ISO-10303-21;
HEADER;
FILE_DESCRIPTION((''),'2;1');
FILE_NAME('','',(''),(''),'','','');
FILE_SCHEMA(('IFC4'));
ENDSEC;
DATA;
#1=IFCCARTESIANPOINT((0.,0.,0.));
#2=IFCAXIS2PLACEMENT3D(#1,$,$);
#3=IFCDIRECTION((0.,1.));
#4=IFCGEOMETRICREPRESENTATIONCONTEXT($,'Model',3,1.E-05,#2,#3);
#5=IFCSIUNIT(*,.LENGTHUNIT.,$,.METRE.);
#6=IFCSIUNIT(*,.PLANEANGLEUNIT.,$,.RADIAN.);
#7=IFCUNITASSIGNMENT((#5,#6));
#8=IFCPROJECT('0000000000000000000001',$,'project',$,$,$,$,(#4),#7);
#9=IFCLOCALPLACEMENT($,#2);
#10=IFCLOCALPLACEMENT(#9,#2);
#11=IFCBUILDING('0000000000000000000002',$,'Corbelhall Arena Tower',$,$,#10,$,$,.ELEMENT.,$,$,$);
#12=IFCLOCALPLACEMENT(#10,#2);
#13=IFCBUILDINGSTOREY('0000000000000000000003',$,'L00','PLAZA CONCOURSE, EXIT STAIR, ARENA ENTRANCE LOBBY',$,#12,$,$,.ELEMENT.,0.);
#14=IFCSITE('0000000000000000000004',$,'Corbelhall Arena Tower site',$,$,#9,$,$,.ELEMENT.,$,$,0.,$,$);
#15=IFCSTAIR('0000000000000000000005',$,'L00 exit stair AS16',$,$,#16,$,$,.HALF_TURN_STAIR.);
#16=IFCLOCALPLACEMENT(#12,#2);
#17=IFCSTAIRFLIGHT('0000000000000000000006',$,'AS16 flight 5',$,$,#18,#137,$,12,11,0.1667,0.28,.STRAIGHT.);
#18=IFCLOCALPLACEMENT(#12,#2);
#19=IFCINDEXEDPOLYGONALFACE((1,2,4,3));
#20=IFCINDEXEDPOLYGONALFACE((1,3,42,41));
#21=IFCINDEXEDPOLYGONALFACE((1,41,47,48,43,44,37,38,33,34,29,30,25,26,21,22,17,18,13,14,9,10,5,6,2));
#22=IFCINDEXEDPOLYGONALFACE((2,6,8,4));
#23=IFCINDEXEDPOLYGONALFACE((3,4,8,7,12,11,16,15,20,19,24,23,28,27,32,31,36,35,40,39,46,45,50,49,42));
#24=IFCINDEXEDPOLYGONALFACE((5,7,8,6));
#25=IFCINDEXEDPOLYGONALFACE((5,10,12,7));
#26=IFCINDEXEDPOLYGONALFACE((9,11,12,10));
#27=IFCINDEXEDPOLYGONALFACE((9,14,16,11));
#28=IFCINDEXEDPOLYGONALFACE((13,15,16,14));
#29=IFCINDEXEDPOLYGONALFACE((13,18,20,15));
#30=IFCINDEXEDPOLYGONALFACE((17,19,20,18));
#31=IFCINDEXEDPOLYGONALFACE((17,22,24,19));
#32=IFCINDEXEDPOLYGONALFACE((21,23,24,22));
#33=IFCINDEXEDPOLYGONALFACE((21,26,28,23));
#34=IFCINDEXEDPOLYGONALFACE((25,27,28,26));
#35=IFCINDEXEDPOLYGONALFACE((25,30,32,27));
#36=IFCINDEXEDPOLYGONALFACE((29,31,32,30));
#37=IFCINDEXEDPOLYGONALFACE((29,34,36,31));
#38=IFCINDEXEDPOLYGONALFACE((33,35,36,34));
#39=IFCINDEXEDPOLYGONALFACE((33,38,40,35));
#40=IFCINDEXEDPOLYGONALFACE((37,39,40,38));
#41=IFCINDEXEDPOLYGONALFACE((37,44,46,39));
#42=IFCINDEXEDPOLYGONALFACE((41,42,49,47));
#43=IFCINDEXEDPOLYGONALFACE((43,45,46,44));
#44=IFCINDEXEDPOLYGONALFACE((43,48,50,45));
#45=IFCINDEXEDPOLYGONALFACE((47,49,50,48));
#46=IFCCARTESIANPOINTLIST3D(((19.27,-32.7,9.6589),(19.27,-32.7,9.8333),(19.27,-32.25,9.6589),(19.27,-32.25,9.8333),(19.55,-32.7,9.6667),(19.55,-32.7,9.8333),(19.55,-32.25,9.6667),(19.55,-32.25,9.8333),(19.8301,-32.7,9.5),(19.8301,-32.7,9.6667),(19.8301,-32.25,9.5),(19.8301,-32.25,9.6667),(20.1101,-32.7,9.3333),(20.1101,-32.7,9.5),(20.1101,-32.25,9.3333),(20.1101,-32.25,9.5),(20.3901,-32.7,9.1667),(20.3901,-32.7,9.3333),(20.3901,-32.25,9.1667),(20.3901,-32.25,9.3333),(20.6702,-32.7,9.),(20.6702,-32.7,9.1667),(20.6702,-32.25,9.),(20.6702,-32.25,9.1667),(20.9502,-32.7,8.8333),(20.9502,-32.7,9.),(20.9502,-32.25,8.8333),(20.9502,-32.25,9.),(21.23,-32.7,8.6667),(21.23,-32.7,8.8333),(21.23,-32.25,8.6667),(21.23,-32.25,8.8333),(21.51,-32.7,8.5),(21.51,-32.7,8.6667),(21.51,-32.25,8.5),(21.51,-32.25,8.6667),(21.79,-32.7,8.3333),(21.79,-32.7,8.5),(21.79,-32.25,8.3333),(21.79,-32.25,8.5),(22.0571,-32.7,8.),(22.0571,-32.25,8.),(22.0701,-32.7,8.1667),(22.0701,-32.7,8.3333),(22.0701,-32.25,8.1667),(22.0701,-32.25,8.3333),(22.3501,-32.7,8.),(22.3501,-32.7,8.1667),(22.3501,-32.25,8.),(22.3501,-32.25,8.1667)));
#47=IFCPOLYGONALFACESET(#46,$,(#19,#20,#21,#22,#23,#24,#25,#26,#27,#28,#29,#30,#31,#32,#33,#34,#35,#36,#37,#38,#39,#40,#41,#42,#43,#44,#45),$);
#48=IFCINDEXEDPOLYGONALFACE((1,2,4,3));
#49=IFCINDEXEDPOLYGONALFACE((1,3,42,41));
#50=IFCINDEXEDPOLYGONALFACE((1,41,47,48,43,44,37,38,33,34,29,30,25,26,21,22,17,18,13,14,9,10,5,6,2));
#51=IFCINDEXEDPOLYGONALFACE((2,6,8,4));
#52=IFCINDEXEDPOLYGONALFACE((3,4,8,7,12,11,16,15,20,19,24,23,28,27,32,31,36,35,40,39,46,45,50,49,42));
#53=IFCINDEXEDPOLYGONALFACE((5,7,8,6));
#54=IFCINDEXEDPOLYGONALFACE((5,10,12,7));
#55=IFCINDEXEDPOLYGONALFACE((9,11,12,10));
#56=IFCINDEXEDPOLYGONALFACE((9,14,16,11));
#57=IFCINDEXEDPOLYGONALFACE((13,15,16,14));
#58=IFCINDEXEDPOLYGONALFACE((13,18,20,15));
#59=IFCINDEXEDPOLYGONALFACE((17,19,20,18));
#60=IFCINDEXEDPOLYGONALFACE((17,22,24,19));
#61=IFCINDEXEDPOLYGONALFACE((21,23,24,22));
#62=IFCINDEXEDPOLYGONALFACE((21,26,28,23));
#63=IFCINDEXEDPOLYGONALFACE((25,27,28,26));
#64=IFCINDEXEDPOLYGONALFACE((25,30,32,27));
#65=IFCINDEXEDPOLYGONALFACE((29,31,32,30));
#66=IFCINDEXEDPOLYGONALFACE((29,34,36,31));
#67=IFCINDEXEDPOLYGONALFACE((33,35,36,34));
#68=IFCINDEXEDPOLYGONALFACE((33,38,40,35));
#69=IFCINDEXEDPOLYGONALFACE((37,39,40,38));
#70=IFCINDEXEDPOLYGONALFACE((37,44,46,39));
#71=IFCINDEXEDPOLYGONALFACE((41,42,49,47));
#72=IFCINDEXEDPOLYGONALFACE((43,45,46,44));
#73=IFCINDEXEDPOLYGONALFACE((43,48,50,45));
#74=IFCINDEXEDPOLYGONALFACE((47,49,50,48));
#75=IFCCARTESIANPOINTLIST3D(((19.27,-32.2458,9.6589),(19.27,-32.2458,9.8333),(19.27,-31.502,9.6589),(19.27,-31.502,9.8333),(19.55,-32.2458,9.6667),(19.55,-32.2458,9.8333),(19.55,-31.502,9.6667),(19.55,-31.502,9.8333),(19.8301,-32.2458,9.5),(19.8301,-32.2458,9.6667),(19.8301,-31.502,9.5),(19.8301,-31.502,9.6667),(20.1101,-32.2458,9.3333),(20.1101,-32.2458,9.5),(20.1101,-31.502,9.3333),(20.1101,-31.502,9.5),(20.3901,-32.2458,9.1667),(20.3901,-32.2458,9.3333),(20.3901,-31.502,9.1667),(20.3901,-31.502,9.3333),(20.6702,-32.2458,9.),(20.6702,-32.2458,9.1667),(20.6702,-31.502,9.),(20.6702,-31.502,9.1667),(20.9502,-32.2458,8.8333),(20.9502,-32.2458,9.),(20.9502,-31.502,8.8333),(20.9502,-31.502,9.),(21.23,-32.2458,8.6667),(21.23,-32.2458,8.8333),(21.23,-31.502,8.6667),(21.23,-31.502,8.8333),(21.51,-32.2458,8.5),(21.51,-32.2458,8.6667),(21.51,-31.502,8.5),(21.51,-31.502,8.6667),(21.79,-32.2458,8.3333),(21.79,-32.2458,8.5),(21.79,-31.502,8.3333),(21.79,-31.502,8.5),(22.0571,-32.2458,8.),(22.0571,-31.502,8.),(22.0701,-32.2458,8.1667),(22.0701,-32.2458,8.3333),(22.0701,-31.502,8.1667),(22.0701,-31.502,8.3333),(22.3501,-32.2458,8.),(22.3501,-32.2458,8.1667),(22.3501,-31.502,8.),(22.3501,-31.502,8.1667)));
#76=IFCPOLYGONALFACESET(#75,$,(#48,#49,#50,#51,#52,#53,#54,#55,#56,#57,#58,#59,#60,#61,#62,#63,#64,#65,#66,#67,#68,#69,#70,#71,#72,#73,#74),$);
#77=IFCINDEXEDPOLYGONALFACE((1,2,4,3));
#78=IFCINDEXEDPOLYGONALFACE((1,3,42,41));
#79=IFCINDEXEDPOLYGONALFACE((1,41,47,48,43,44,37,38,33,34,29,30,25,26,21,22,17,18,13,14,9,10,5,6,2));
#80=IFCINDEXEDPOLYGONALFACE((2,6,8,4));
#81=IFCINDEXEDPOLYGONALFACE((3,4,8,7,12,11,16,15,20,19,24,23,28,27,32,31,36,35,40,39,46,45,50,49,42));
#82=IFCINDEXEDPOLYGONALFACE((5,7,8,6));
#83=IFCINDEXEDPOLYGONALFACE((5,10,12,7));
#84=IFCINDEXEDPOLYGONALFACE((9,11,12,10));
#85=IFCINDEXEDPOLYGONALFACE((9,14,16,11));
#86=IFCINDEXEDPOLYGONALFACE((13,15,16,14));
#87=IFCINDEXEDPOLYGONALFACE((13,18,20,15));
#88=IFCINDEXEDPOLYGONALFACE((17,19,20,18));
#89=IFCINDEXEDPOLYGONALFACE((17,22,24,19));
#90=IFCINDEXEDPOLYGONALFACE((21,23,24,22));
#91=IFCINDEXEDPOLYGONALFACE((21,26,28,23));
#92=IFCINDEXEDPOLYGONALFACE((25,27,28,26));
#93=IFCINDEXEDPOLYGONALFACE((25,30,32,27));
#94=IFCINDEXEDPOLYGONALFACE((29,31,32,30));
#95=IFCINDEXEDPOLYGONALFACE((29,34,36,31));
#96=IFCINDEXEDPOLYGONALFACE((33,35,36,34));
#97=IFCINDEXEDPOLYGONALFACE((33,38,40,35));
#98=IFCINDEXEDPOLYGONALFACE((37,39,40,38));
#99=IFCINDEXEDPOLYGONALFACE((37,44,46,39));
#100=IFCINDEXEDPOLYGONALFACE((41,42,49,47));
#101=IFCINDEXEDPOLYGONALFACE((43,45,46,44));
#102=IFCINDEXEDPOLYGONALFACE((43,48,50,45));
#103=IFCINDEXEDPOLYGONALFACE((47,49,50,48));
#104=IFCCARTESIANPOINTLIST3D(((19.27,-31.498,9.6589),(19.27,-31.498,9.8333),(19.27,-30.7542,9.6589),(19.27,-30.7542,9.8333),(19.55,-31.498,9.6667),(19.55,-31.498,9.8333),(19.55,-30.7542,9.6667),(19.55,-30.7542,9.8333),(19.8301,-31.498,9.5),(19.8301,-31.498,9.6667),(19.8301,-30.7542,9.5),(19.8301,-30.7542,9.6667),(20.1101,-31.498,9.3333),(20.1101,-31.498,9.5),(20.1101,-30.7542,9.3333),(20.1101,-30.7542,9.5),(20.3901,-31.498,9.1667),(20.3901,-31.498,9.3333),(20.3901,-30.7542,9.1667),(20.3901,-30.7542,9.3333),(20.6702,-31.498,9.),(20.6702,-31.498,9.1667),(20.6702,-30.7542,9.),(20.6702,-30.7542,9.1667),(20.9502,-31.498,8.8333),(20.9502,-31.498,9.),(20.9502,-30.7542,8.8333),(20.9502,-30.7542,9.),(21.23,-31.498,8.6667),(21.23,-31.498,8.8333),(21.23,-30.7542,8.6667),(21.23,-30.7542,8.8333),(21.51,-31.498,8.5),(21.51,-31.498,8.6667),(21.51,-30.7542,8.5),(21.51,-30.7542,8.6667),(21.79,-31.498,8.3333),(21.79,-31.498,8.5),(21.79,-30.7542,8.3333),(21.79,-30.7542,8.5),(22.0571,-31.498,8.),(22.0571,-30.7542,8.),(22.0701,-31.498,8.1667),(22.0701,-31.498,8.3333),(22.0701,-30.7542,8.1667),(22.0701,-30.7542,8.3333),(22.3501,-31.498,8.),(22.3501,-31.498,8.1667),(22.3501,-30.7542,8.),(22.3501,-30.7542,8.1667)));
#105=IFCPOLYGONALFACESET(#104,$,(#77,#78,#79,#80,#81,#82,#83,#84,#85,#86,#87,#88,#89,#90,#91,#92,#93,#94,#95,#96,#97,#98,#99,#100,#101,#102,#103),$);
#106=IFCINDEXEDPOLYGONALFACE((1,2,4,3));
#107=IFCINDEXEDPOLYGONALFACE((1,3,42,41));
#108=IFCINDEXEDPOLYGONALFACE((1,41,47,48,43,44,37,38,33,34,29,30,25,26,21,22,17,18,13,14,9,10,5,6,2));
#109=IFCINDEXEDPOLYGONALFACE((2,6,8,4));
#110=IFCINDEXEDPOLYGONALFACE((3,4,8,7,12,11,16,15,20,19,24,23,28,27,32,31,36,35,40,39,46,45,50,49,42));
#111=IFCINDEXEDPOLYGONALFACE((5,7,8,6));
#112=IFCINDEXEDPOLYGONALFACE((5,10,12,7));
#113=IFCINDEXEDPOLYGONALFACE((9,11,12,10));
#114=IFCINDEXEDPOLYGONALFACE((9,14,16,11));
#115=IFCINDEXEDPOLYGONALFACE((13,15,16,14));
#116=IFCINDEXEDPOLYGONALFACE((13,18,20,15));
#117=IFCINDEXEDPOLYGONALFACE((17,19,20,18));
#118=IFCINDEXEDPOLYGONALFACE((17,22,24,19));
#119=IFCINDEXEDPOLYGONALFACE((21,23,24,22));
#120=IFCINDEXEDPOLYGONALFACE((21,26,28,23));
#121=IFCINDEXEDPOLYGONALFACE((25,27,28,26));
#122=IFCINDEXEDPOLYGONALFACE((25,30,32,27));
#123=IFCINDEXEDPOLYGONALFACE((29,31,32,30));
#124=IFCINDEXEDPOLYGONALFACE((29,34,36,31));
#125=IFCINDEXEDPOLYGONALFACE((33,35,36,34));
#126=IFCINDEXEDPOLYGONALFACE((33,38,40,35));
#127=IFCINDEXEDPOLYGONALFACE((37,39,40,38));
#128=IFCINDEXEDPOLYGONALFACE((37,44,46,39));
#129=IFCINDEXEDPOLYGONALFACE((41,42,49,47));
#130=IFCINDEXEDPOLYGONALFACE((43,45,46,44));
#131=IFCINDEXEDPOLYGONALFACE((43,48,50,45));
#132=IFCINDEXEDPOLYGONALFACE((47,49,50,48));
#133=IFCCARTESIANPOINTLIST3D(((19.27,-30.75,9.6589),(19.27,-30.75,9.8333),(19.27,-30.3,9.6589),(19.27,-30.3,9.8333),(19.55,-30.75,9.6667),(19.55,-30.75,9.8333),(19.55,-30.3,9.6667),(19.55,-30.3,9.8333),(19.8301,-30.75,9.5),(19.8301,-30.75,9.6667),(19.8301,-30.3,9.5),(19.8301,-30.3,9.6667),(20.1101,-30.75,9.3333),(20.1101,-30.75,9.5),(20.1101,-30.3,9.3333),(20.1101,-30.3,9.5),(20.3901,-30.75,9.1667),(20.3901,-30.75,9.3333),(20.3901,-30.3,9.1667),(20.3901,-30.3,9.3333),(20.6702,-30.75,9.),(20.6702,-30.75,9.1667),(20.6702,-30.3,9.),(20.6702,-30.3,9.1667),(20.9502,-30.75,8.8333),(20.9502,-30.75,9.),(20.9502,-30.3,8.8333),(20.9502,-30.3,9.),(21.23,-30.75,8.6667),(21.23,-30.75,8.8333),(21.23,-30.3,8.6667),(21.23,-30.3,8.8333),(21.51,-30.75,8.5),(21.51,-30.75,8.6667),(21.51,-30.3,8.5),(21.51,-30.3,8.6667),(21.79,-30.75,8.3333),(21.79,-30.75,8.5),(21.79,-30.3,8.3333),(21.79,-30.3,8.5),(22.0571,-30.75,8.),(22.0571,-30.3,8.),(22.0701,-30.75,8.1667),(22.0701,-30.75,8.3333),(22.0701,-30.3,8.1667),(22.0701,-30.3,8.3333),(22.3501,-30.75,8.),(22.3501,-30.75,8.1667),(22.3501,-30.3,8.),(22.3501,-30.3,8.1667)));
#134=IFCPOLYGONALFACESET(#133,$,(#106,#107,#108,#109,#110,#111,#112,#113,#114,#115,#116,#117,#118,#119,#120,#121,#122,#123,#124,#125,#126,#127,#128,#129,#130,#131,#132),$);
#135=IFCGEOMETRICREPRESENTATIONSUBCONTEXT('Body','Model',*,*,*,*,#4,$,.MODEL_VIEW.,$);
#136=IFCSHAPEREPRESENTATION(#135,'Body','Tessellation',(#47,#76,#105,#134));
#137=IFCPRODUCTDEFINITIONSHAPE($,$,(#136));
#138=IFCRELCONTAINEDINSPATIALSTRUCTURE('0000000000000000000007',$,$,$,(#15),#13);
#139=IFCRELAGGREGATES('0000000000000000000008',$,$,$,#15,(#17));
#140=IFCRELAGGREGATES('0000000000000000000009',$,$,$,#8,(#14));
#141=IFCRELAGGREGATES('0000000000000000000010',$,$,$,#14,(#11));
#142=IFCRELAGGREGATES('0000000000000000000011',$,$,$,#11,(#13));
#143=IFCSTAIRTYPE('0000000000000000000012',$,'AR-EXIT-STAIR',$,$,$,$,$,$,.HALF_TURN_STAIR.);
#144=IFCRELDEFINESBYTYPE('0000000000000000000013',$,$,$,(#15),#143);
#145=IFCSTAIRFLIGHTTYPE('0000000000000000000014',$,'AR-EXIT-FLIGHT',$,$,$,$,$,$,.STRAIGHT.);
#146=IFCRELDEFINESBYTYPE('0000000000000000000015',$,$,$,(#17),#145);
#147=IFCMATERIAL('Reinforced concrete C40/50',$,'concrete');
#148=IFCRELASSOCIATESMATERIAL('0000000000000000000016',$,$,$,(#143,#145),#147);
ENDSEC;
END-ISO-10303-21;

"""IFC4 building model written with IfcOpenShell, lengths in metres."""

from ifc_helpers import new_model, si_unit, direction, frame, origin, place, context, subcontext, project, spatial, polyline, outline, extrude, material, type_object, element, aggregate, save


model = new_model("IFC4")

# Units and contexts
model_context = context("Model", 3, precision=1e-05, world=origin(), true_north=direction((0.0, 1.0)))
body_context = subcontext(model_context, "Body", "Model", "MODEL_VIEW")
ifc_project = project(units=[si_unit("LENGTHUNIT", "METRE"), si_unit("PLANEANGLEUNIT", "RADIAN")], contexts=[model_context])

# Site, building, storey
site_placement = place(None, origin())
site = spatial("IfcSite", under=ifc_project, at=site_placement, Name="Corbelhall Arena Tower site", CompositionType="ELEMENT", RefElevation=0.0)
building_placement = place(site_placement, origin())
building = spatial("IfcBuilding", under=site, at=building_placement, Name="Corbelhall Arena Tower", CompositionType="ELEMENT")
storey_placement = place(building_placement, origin())
storey = spatial("IfcBuildingStorey", under=building, at=storey_placement, Name="L00", Description="PLAZA CONCOURSE, EXIT STAIR, ARENA ENTRANCE LOBBY", CompositionType="ELEMENT", Elevation=0.0)

# Shared definitions
ifc_material_1 = material(Name="Reinforced concrete C40/50", Category="concrete")

# Stair, stair flight
stair_type = type_object("IfcStairType", Name="AR-EXIT-STAIR", PredefinedType="HALF_TURN_STAIR", material=ifc_material_1)
stair_placement = place(storey_placement, origin())
stair = element("IfcStair", 1, at=stair_placement, inside=storey, type_object=stair_type, Name="L00 exit stair AS16", PredefinedType="HALF_TURN_STAIR")
stair_flight_type = type_object("IfcStairFlightType", Name="AR-EXIT-FLIGHT", PredefinedType="STRAIGHT", material=ifc_material_1)
stair_flight_1_placement = place(storey_placement, frame((22.3501, -31.5, 8.0), z_axis=(0.0, 0.0, 1.0), x_axis=(-1.0, 0.0, 0.0)))
stair_flight_1 = element("IfcStairFlight", 2, at=stair_flight_1_placement, type_object=stair_flight_type, Name="AS16 flight 5", NumberOfRisers=12, NumberOfTreads=11, PredefinedType="STRAIGHT", RiserHeight=0.1667, TreadLength=0.28, context=body_context, shape_type="SweptSolid", body=[
    extrude(outline(polyline([(0.0, 0.0), (0.0, 0.1667), (0.28, 0.1667), (0.28, 0.3333), (0.5601, 0.3333), (0.5601, 0.5), (0.8401, 0.5), (0.8401, 0.6667), (1.1201, 0.6667), (1.1201, 0.8333), (1.3999, 0.8333), (1.3999, 1.0), (1.6799, 1.0), (1.6799, 1.1667), (1.96, 1.1667), (1.96, 1.3333), (2.24, 1.3333), (2.24, 1.5), (2.52, 1.5), (2.52, 1.6667), (2.8, 1.6667), (2.8, 1.8333), (3.0801, 1.8333), (3.0801, 2.0), (3.0801, 1.6589), (0.293, 0.0), (0.0, 0.0)])), frame((0.0, 1.2, 0.0), z_axis=(0.0, -1.0, 0.0), x_axis=(1.0, 0.0, 0.0)), (0.0, 0.0, 1.0), 0.45),
    extrude(outline(polyline([(0.0, 0.0), (0.0, 0.1667), (0.28, 0.1667), (0.28, 0.3333), (0.5601, 0.3333), (0.5601, 0.5), (0.8401, 0.5), (0.8401, 0.6667), (1.1201, 0.6667), (1.1201, 0.8333), (1.3999, 0.8333), (1.3999, 1.0), (1.6799, 1.0), (1.6799, 1.1667), (1.96, 1.1667), (1.96, 1.3333), (2.24, 1.3333), (2.24, 1.5), (2.52, 1.5), (2.52, 1.6667), (2.8, 1.6667), (2.8, 1.8333), (3.0801, 1.8333), (3.0801, 2.0), (3.0801, 1.6589), (0.293, 0.0), (0.0, 0.0)])), frame((0.0, 0.7458, 0.0), z_axis=(0.0, -1.0, 0.0), x_axis=(1.0, 0.0, 0.0)), (0.0, 0.0, 1.0), 0.7439),
    extrude(outline(polyline([(0.0, 0.0), (0.0, 0.1667), (0.28, 0.1667), (0.28, 0.3333), (0.5601, 0.3333), (0.5601, 0.5), (0.8401, 0.5), (0.8401, 0.6667), (1.1201, 0.6667), (1.1201, 0.8333), (1.3999, 0.8333), (1.3999, 1.0), (1.6799, 1.0), (1.6799, 1.1667), (1.96, 1.1667), (1.96, 1.3333), (2.24, 1.3333), (2.24, 1.5), (2.52, 1.5), (2.52, 1.6667), (2.8, 1.6667), (2.8, 1.8333), (3.0801, 1.8333), (3.0801, 2.0), (3.0801, 1.6589), (0.293, 0.0), (0.0, 0.0)])), frame((0.0, -0.002, 0.0), z_axis=(0.0, -1.0, 0.0), x_axis=(1.0, 0.0, 0.0)), (0.0, 0.0, 1.0), 0.7439),
    extrude(outline(polyline([(0.0, 0.0), (0.0, 0.1667), (0.28, 0.1667), (0.28, 0.3333), (0.5601, 0.3333), (0.5601, 0.5), (0.8401, 0.5), (0.8401, 0.6667), (1.1201, 0.6667), (1.1201, 0.8333), (1.3999, 0.8333), (1.3999, 1.0), (1.6799, 1.0), (1.6799, 1.1667), (1.96, 1.1667), (1.96, 1.3333), (2.24, 1.3333), (2.24, 1.5), (2.52, 1.5), (2.52, 1.6667), (2.8, 1.6667), (2.8, 1.8333), (3.0801, 1.8333), (3.0801, 2.0), (3.0801, 1.6589), (0.293, 0.0), (0.0, 0.0)])), frame((0.0, -0.75, 0.0), z_axis=(0.0, -1.0, 0.0), x_axis=(1.0, 0.0, 0.0)), (0.0, 0.0, 1.0), 0.45),
])
aggregate(stair, [stair_flight_1])

save(model, "model.ifc")
